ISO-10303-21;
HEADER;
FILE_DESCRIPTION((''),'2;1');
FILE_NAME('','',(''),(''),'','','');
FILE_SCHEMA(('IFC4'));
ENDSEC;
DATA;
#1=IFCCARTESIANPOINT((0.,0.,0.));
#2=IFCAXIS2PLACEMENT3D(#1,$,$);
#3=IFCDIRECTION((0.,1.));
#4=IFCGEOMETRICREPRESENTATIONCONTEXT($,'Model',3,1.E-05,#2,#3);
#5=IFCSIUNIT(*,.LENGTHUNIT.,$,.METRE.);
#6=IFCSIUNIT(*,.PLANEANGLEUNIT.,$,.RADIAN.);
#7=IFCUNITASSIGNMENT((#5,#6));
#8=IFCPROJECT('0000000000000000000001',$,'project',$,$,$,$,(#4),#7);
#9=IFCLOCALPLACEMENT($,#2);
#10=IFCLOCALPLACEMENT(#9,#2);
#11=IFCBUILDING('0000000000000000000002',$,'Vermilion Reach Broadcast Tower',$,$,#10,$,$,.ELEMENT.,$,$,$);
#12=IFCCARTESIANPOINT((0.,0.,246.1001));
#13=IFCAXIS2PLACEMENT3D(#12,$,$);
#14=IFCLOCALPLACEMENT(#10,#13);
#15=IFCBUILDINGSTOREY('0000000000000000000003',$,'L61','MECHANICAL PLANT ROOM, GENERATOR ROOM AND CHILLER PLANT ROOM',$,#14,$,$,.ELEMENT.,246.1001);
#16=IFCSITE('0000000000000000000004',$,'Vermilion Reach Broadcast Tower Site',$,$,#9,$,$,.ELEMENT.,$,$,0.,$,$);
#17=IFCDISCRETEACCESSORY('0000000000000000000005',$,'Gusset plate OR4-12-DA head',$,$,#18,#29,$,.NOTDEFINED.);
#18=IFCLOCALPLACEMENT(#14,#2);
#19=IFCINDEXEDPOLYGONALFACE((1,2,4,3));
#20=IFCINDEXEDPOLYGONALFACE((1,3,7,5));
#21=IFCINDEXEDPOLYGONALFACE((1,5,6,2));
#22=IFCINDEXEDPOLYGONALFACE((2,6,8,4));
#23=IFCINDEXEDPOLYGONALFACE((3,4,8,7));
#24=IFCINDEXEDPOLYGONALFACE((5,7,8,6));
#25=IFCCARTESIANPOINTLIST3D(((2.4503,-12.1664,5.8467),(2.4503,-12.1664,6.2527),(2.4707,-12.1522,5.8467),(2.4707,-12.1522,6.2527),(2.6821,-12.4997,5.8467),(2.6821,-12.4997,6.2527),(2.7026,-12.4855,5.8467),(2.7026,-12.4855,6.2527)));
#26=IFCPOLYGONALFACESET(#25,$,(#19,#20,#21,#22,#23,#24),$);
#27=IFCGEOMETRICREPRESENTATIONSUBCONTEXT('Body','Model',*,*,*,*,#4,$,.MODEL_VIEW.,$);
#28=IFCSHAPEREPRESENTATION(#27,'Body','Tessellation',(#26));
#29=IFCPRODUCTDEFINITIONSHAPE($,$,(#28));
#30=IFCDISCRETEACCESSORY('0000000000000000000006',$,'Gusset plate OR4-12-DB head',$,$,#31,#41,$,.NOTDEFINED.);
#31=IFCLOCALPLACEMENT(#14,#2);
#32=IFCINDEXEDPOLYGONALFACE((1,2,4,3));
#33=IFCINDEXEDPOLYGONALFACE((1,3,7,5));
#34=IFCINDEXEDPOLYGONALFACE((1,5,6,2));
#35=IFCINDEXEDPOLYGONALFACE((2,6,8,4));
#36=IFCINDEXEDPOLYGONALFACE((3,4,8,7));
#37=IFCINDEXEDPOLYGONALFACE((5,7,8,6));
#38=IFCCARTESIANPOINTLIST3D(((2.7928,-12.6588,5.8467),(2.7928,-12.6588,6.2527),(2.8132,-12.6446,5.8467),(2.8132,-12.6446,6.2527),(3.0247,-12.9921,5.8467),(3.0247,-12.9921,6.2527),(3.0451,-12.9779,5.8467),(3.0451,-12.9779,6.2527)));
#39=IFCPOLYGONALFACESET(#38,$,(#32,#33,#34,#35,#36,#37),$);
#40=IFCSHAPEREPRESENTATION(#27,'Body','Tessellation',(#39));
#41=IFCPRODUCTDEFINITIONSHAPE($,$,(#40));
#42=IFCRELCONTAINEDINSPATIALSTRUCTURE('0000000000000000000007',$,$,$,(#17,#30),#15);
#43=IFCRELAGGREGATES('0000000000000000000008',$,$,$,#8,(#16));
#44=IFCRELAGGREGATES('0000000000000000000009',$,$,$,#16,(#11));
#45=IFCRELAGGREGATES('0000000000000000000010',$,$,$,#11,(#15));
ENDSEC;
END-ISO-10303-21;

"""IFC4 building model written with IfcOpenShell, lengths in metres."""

from ifc_helpers import new_model, si_unit, direction, frame, origin, origin_2d, place, context, subcontext, project, spatial, rectangle, extrude, element, save


model = new_model("IFC4")

# Units and contexts
model_context = context("Model", 3, precision=1e-05, world=origin(), true_north=direction((0.0, 1.0)))
body_context = subcontext(model_context, "Body", "Model", "MODEL_VIEW")
ifc_project = project(units=[si_unit("LENGTHUNIT", "METRE"), si_unit("PLANEANGLEUNIT", "RADIAN")], contexts=[model_context])

# Site, building, storey
site_placement = place(None, origin())
site = spatial("IfcSite", under=ifc_project, at=site_placement, Name="Vermilion Reach Broadcast Tower Site", CompositionType="ELEMENT", RefElevation=0.0)
building_placement = place(site_placement, origin())
building = spatial("IfcBuilding", under=site, at=building_placement, Name="Vermilion Reach Broadcast Tower", CompositionType="ELEMENT")
storey_placement = place(building_placement, frame((0.0, 0.0, 246.1001)))
storey = spatial("IfcBuildingStorey", under=building, at=storey_placement, Name="L61", Description="MECHANICAL PLANT ROOM, GENERATOR ROOM AND CHILLER PLANT ROOM", CompositionType="ELEMENT", Elevation=246.1001)

# Discrete accessories
for number, where, z_axis, x_axis, name in (
    (1, (2.5764, -12.3259, 5.8467), (0.0, 0.0, 1.0), (0.82085, 0.571143, 0.0), "Gusset plate OR4-12-DA head"),
    (2, (2.9189, -12.8184, 5.8467), (0.0, 0.0, 1.0), (0.82085, 0.571143, 0.0), "Gusset plate OR4-12-DB head"),
):
    element("IfcDiscreteAccessory", number, at=place(storey_placement, frame(where, z_axis=z_axis, x_axis=x_axis)), inside=storey, Name=name, PredefinedType="NOTDEFINED", context=body_context, shape_type="SweptSolid", body=[
        extrude(rectangle(XDim=0.0249, YDim=0.406, at=origin_2d()), origin(), (0.0, 0.0, 1.0), 0.406),
    ])

save(model, "model.ifc")
